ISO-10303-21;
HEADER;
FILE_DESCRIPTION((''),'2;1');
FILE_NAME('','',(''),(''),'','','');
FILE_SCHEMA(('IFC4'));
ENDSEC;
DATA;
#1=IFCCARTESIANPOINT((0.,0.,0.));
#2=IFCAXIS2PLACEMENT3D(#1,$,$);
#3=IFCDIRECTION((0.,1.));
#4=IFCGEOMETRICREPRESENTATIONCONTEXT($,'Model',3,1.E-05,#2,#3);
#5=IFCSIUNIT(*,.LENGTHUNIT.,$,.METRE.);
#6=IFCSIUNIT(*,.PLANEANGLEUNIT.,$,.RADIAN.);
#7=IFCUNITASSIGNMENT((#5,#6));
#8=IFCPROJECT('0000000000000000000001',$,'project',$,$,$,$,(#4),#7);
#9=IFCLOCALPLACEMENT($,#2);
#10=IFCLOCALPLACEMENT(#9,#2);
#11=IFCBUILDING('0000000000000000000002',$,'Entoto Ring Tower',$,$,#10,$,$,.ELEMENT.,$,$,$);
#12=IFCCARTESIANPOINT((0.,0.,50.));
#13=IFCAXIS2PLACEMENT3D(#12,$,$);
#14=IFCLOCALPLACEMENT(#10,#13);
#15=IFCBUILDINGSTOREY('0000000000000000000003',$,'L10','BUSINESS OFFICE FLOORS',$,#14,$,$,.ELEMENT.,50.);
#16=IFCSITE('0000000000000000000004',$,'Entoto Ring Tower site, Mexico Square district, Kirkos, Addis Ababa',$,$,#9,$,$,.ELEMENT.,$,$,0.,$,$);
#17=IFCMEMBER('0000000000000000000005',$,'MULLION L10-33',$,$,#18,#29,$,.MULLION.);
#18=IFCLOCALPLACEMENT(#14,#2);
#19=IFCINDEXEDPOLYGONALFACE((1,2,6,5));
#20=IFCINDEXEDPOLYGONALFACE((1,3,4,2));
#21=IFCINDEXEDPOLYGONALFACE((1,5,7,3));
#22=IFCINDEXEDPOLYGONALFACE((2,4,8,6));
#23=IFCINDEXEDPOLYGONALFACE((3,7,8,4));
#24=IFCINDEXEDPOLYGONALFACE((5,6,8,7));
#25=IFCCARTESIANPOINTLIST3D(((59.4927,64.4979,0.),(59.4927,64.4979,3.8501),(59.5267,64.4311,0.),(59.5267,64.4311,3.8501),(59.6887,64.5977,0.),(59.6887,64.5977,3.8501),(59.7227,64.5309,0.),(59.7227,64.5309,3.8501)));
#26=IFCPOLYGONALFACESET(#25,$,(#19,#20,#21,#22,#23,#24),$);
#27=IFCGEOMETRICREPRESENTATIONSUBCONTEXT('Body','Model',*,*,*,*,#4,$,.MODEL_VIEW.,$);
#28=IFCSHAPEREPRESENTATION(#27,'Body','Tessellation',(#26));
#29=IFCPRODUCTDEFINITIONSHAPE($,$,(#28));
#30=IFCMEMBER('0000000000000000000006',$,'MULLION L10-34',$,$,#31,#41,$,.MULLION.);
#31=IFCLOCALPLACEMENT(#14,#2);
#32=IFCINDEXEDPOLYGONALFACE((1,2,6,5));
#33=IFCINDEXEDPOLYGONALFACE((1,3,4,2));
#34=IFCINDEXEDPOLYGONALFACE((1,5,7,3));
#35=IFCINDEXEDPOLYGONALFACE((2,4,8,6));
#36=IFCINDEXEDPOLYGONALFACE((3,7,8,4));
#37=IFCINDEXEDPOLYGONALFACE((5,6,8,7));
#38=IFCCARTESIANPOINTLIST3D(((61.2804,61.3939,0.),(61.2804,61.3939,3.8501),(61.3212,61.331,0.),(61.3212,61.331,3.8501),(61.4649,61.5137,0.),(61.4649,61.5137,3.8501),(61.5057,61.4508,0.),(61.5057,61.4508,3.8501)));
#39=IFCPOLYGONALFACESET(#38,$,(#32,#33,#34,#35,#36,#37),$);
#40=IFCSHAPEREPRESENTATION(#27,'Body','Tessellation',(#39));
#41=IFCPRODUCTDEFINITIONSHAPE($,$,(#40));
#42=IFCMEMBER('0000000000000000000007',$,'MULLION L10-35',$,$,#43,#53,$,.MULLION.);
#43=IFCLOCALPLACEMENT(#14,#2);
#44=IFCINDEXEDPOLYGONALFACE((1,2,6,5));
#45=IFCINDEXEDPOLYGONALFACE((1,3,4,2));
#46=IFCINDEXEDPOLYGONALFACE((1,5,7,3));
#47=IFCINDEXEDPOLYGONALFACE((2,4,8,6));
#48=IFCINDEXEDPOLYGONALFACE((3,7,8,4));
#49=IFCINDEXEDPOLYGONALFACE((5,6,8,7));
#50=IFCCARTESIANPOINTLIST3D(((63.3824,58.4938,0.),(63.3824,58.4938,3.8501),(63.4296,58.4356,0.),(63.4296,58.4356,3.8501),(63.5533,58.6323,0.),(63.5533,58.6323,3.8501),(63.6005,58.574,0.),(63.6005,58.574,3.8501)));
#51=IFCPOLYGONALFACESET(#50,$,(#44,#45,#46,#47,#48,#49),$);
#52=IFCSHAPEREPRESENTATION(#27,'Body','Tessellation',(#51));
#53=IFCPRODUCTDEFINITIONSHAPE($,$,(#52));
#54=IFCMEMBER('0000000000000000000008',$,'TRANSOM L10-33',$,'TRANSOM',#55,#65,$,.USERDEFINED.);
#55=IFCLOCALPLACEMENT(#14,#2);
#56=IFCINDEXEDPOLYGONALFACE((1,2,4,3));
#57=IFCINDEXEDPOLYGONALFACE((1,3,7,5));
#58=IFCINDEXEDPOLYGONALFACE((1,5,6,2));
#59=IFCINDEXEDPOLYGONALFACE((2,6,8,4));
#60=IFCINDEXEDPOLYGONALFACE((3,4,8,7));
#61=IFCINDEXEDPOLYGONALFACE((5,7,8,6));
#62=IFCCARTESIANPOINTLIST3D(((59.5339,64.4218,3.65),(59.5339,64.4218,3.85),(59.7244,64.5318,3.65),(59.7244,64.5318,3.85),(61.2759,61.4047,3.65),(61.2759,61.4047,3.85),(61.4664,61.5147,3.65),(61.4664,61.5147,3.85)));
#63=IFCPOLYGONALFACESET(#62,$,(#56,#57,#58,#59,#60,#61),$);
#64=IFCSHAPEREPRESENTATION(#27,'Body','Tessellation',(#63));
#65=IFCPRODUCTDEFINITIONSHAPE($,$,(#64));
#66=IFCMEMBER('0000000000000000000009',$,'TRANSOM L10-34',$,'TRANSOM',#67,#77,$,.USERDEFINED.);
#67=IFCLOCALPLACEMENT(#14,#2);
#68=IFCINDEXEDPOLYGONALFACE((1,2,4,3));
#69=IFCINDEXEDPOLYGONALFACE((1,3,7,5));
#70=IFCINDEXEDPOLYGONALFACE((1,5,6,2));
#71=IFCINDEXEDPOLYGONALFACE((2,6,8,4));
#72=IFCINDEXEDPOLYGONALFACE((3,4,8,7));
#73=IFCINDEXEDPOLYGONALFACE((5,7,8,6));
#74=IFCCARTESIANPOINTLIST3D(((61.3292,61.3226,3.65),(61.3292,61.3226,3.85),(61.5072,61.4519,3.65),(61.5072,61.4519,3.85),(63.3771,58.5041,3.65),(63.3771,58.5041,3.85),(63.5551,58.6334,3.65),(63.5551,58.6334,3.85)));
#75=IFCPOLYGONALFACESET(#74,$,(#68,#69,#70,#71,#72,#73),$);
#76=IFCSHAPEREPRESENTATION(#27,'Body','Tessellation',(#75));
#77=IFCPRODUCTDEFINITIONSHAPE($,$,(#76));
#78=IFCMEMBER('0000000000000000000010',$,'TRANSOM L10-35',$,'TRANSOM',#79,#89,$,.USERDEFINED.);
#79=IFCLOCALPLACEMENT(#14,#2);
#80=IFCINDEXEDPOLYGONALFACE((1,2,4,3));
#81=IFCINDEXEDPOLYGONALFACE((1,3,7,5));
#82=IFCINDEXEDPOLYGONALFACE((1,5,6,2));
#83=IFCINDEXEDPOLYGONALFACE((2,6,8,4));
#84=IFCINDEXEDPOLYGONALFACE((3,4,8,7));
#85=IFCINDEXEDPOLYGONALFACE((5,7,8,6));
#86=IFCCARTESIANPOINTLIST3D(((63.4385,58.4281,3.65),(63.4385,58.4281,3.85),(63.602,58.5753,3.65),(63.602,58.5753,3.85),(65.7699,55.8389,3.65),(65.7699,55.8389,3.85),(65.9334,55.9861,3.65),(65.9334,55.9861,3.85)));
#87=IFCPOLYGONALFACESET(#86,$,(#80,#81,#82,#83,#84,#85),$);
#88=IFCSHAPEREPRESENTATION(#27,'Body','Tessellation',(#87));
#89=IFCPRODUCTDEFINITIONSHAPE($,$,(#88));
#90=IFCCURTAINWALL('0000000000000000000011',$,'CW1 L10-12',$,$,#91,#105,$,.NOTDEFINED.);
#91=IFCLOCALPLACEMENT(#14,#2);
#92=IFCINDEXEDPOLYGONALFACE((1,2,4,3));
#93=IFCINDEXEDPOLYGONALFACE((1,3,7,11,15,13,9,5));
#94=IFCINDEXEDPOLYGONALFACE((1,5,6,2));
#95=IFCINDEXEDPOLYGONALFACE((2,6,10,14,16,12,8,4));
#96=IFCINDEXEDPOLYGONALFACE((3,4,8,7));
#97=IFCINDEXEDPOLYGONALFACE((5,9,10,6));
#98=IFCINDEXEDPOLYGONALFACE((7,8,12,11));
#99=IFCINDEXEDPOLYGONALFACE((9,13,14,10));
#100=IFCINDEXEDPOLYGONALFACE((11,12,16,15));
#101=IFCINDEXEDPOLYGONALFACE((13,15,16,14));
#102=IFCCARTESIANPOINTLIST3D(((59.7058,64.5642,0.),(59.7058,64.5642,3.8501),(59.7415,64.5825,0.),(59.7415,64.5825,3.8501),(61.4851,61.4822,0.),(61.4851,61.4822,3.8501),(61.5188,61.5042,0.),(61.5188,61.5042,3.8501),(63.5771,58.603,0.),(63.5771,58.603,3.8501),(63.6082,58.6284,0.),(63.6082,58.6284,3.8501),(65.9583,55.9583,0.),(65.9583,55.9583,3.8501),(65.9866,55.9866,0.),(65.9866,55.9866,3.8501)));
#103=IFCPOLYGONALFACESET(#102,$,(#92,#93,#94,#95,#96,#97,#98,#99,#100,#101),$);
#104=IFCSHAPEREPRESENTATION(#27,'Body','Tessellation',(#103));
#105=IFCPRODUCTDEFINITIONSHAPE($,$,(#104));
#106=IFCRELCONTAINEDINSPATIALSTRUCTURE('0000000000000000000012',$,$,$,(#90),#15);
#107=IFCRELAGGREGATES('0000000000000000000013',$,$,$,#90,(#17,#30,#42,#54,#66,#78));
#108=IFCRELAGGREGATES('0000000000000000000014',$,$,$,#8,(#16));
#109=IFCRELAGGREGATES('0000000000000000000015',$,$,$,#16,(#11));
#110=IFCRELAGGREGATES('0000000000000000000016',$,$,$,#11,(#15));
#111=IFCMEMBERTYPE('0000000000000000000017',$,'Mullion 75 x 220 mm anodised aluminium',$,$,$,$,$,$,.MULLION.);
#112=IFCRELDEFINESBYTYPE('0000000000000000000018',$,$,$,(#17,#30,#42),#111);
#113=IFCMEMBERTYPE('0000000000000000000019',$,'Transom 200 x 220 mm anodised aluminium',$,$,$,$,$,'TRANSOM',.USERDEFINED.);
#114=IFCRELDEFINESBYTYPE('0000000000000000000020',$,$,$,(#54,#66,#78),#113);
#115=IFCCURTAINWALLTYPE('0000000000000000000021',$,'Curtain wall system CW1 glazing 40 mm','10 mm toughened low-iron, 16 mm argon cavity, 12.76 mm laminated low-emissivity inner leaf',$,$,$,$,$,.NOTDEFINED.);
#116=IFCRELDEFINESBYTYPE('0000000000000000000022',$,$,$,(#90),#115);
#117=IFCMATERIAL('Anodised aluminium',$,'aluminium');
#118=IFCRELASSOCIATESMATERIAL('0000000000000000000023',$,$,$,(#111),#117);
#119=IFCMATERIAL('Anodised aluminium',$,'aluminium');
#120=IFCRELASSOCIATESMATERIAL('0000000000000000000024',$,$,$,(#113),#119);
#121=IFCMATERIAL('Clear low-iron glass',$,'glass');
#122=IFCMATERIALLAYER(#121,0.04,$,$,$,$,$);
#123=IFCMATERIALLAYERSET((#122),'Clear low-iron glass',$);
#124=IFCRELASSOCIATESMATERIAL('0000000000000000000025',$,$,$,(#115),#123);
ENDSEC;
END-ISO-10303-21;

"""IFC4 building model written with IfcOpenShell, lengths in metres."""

from ifc_helpers import new_model, si_unit, direction, frame, origin, origin_2d, place, context, subcontext, project, spatial, polyline, rectangle, outline, extrude, material, layer, layer_set, material_profile, profile_set, type_object, element, aggregate, save


model = new_model("IFC4")

# Units and contexts
model_context = context("Model", 3, precision=1e-05, world=origin(), true_north=direction((0.0, 1.0)))
body_context = subcontext(model_context, "Body", "Model", "MODEL_VIEW")
ifc_project = project(units=[si_unit("LENGTHUNIT", "METRE"), si_unit("PLANEANGLEUNIT", "RADIAN")], contexts=[model_context])

# Members
ifc_material_1 = material(Name="Anodised aluminium", Category="aluminium")
ifc_material_profile_1 = material_profile(ifc_material_1, rectangle(XDim=0.075, YDim=0.22, at=origin_2d()), Name="Mullion 75 x 220 mm anodised aluminium")
ifc_profile_set_1 = profile_set([ifc_material_profile_1], Name="Anodised aluminium")
member_type_1 = type_object("IfcMemberType", Name="Mullion 75 x 220 mm anodised aluminium", PredefinedType="MULLION", material=ifc_profile_set_1)
site_placement = place(None, origin())
building_placement = place(site_placement, origin())
storey_placement = place(building_placement, frame((0.0, 0.0, 50.0)))
member_1_placement = place(storey_placement, frame((59.6077, 64.5144, 0.0), z_axis=(0.0, 0.0, 1.0), x_axis=(0.45399, -0.891007, 0.0)))
member_1 = element("IfcMember", 1, at=member_1_placement, type_object=member_type_1, Name="MULLION L10-33", PredefinedType="MULLION", context=body_context, shape_type="SweptSolid", body=[
    extrude(rectangle(XDim=0.075, YDim=0.22, at=origin_2d()), origin(), (0.0, 0.0, 1.0), 3.8501),
])
member_2_placement = place(storey_placement, frame((61.3931, 61.4224, 0.0), z_axis=(0.0, 0.0, 1.0), x_axis=(0.544639, -0.838671, 0.0)))
member_2 = element("IfcMember", 2, at=member_2_placement, type_object=member_type_1, Name="MULLION L10-34", PredefinedType="MULLION", context=body_context, shape_type="SweptSolid", body=[
    extrude(rectangle(XDim=0.075, YDim=0.22, at=origin_2d()), origin(), (0.0, 0.0, 1.0), 3.8501),
])
member_3_placement = place(storey_placement, frame((63.4915, 58.5339, 0.0), z_axis=(0.0, 0.0, 1.0), x_axis=(0.62932, -0.777146, 0.0)))
member_3 = element("IfcMember", 3, at=member_3_placement, type_object=member_type_1, Name="MULLION L10-35", PredefinedType="MULLION", context=body_context, shape_type="SweptSolid", body=[
    extrude(rectangle(XDim=0.075, YDim=0.22, at=origin_2d()), origin(), (0.0, 0.0, 1.0), 3.8501),
])
ifc_material_2 = material(Name="Anodised aluminium", Category="aluminium")
ifc_material_profile_2 = material_profile(ifc_material_2, rectangle(XDim=0.22, YDim=0.2, at=origin_2d()), Name="Transom 200 x 220 mm anodised aluminium")
ifc_profile_set_2 = profile_set([ifc_material_profile_2], Name="Anodised aluminium")
member_type_2 = type_object("IfcMemberType", Name="Transom 200 x 220 mm anodised aluminium", ElementType="TRANSOM", PredefinedType="USERDEFINED", material=ifc_profile_set_2)
member_4_placement = place(storey_placement, frame((59.6292, 64.4768, 3.75), z_axis=(0.500006, -0.866022, 0.0), x_axis=(0.866022, 0.500006, 0.0)))
member_4 = element("IfcMember", 4, at=member_4_placement, type_object=member_type_2, Name="TRANSOM L10-33", ObjectType="TRANSOM", PredefinedType="USERDEFINED", context=body_context, shape_type="SweptSolid", body=[
    extrude(rectangle(XDim=0.22, YDim=0.2, at=origin_2d()), origin(), (0.0, 0.0, 1.0), 3.4839),
])
member_5_placement = place(storey_placement, frame((61.4182, 61.3872, 3.75), z_axis=(0.587822, -0.808991, 0.0), x_axis=(0.808991, 0.587822, 0.0)))
member_5 = element("IfcMember", 5, at=member_5_placement, type_object=member_type_2, Name="TRANSOM L10-34", ObjectType="TRANSOM", PredefinedType="USERDEFINED", context=body_context, shape_type="SweptSolid", body=[
    extrude(rectangle(XDim=0.22, YDim=0.2, at=origin_2d()), origin(), (0.0, 0.0, 1.0), 3.4839),
])
member_6_placement = place(storey_placement, frame((63.5203, 58.5017, 3.75), z_axis=(0.669139, -0.743137, 0.0), x_axis=(0.743137, 0.669139, 0.0)))
member_6 = element("IfcMember", 6, at=member_6_placement, type_object=member_type_2, Name="TRANSOM L10-35", ObjectType="TRANSOM", PredefinedType="USERDEFINED", context=body_context, shape_type="SweptSolid", body=[
    extrude(rectangle(XDim=0.22, YDim=0.2, at=origin_2d()), origin(), (0.0, 0.0, 1.0), 3.4841),
])

# Site, building, storey
site = spatial("IfcSite", under=ifc_project, at=site_placement, Name="Entoto Ring Tower site, Mexico Square district, Kirkos, Addis Ababa", CompositionType="ELEMENT", RefElevation=0.0)
building = spatial("IfcBuilding", under=site, at=building_placement, Name="Entoto Ring Tower", CompositionType="ELEMENT")
storey = spatial("IfcBuildingStorey", under=building, at=storey_placement, Name="L10", Description="BUSINESS OFFICE FLOORS", CompositionType="ELEMENT", Elevation=50.0)

# Curtain wall
ifc_material_3 = material(Name="Clear low-iron glass", Category="glass")
ifc_layer = layer(ifc_material_3, 0.04)
ifc_layer_set = layer_set([ifc_layer], Name="Clear low-iron glass")
curtain_wall_type = type_object("IfcCurtainWallType", Name="Curtain wall system CW1 glazing 40 mm", Description="10 mm toughened low-iron, 16 mm argon cavity, 12.76 mm laminated low-emissivity inner leaf", PredefinedType="NOTDEFINED", material=ifc_layer_set)
curtain_wall_1_placement = place(storey_placement, origin())
curtain_wall_1 = element("IfcCurtainWall", 7, at=curtain_wall_1_placement, inside=storey, type_object=curtain_wall_type, Name="CW1 L10-12", PredefinedType="NOTDEFINED", context=body_context, shape_type="SweptSolid", body=[
    extrude(outline(polyline([(59.7058, 64.5642), (61.4851, 61.4822), (63.5771, 58.603), (65.9583, 55.9583), (65.9866, 55.9866), (63.6082, 58.6284), (61.5188, 61.5042), (59.7415, 64.5825), (59.7058, 64.5642)])), origin(), (0.0, 0.0, 1.0), 3.8501),
])
aggregate(curtain_wall_1, [member_1, member_2, member_3, member_4, member_5, member_6])

save(model, "model.ifc")
